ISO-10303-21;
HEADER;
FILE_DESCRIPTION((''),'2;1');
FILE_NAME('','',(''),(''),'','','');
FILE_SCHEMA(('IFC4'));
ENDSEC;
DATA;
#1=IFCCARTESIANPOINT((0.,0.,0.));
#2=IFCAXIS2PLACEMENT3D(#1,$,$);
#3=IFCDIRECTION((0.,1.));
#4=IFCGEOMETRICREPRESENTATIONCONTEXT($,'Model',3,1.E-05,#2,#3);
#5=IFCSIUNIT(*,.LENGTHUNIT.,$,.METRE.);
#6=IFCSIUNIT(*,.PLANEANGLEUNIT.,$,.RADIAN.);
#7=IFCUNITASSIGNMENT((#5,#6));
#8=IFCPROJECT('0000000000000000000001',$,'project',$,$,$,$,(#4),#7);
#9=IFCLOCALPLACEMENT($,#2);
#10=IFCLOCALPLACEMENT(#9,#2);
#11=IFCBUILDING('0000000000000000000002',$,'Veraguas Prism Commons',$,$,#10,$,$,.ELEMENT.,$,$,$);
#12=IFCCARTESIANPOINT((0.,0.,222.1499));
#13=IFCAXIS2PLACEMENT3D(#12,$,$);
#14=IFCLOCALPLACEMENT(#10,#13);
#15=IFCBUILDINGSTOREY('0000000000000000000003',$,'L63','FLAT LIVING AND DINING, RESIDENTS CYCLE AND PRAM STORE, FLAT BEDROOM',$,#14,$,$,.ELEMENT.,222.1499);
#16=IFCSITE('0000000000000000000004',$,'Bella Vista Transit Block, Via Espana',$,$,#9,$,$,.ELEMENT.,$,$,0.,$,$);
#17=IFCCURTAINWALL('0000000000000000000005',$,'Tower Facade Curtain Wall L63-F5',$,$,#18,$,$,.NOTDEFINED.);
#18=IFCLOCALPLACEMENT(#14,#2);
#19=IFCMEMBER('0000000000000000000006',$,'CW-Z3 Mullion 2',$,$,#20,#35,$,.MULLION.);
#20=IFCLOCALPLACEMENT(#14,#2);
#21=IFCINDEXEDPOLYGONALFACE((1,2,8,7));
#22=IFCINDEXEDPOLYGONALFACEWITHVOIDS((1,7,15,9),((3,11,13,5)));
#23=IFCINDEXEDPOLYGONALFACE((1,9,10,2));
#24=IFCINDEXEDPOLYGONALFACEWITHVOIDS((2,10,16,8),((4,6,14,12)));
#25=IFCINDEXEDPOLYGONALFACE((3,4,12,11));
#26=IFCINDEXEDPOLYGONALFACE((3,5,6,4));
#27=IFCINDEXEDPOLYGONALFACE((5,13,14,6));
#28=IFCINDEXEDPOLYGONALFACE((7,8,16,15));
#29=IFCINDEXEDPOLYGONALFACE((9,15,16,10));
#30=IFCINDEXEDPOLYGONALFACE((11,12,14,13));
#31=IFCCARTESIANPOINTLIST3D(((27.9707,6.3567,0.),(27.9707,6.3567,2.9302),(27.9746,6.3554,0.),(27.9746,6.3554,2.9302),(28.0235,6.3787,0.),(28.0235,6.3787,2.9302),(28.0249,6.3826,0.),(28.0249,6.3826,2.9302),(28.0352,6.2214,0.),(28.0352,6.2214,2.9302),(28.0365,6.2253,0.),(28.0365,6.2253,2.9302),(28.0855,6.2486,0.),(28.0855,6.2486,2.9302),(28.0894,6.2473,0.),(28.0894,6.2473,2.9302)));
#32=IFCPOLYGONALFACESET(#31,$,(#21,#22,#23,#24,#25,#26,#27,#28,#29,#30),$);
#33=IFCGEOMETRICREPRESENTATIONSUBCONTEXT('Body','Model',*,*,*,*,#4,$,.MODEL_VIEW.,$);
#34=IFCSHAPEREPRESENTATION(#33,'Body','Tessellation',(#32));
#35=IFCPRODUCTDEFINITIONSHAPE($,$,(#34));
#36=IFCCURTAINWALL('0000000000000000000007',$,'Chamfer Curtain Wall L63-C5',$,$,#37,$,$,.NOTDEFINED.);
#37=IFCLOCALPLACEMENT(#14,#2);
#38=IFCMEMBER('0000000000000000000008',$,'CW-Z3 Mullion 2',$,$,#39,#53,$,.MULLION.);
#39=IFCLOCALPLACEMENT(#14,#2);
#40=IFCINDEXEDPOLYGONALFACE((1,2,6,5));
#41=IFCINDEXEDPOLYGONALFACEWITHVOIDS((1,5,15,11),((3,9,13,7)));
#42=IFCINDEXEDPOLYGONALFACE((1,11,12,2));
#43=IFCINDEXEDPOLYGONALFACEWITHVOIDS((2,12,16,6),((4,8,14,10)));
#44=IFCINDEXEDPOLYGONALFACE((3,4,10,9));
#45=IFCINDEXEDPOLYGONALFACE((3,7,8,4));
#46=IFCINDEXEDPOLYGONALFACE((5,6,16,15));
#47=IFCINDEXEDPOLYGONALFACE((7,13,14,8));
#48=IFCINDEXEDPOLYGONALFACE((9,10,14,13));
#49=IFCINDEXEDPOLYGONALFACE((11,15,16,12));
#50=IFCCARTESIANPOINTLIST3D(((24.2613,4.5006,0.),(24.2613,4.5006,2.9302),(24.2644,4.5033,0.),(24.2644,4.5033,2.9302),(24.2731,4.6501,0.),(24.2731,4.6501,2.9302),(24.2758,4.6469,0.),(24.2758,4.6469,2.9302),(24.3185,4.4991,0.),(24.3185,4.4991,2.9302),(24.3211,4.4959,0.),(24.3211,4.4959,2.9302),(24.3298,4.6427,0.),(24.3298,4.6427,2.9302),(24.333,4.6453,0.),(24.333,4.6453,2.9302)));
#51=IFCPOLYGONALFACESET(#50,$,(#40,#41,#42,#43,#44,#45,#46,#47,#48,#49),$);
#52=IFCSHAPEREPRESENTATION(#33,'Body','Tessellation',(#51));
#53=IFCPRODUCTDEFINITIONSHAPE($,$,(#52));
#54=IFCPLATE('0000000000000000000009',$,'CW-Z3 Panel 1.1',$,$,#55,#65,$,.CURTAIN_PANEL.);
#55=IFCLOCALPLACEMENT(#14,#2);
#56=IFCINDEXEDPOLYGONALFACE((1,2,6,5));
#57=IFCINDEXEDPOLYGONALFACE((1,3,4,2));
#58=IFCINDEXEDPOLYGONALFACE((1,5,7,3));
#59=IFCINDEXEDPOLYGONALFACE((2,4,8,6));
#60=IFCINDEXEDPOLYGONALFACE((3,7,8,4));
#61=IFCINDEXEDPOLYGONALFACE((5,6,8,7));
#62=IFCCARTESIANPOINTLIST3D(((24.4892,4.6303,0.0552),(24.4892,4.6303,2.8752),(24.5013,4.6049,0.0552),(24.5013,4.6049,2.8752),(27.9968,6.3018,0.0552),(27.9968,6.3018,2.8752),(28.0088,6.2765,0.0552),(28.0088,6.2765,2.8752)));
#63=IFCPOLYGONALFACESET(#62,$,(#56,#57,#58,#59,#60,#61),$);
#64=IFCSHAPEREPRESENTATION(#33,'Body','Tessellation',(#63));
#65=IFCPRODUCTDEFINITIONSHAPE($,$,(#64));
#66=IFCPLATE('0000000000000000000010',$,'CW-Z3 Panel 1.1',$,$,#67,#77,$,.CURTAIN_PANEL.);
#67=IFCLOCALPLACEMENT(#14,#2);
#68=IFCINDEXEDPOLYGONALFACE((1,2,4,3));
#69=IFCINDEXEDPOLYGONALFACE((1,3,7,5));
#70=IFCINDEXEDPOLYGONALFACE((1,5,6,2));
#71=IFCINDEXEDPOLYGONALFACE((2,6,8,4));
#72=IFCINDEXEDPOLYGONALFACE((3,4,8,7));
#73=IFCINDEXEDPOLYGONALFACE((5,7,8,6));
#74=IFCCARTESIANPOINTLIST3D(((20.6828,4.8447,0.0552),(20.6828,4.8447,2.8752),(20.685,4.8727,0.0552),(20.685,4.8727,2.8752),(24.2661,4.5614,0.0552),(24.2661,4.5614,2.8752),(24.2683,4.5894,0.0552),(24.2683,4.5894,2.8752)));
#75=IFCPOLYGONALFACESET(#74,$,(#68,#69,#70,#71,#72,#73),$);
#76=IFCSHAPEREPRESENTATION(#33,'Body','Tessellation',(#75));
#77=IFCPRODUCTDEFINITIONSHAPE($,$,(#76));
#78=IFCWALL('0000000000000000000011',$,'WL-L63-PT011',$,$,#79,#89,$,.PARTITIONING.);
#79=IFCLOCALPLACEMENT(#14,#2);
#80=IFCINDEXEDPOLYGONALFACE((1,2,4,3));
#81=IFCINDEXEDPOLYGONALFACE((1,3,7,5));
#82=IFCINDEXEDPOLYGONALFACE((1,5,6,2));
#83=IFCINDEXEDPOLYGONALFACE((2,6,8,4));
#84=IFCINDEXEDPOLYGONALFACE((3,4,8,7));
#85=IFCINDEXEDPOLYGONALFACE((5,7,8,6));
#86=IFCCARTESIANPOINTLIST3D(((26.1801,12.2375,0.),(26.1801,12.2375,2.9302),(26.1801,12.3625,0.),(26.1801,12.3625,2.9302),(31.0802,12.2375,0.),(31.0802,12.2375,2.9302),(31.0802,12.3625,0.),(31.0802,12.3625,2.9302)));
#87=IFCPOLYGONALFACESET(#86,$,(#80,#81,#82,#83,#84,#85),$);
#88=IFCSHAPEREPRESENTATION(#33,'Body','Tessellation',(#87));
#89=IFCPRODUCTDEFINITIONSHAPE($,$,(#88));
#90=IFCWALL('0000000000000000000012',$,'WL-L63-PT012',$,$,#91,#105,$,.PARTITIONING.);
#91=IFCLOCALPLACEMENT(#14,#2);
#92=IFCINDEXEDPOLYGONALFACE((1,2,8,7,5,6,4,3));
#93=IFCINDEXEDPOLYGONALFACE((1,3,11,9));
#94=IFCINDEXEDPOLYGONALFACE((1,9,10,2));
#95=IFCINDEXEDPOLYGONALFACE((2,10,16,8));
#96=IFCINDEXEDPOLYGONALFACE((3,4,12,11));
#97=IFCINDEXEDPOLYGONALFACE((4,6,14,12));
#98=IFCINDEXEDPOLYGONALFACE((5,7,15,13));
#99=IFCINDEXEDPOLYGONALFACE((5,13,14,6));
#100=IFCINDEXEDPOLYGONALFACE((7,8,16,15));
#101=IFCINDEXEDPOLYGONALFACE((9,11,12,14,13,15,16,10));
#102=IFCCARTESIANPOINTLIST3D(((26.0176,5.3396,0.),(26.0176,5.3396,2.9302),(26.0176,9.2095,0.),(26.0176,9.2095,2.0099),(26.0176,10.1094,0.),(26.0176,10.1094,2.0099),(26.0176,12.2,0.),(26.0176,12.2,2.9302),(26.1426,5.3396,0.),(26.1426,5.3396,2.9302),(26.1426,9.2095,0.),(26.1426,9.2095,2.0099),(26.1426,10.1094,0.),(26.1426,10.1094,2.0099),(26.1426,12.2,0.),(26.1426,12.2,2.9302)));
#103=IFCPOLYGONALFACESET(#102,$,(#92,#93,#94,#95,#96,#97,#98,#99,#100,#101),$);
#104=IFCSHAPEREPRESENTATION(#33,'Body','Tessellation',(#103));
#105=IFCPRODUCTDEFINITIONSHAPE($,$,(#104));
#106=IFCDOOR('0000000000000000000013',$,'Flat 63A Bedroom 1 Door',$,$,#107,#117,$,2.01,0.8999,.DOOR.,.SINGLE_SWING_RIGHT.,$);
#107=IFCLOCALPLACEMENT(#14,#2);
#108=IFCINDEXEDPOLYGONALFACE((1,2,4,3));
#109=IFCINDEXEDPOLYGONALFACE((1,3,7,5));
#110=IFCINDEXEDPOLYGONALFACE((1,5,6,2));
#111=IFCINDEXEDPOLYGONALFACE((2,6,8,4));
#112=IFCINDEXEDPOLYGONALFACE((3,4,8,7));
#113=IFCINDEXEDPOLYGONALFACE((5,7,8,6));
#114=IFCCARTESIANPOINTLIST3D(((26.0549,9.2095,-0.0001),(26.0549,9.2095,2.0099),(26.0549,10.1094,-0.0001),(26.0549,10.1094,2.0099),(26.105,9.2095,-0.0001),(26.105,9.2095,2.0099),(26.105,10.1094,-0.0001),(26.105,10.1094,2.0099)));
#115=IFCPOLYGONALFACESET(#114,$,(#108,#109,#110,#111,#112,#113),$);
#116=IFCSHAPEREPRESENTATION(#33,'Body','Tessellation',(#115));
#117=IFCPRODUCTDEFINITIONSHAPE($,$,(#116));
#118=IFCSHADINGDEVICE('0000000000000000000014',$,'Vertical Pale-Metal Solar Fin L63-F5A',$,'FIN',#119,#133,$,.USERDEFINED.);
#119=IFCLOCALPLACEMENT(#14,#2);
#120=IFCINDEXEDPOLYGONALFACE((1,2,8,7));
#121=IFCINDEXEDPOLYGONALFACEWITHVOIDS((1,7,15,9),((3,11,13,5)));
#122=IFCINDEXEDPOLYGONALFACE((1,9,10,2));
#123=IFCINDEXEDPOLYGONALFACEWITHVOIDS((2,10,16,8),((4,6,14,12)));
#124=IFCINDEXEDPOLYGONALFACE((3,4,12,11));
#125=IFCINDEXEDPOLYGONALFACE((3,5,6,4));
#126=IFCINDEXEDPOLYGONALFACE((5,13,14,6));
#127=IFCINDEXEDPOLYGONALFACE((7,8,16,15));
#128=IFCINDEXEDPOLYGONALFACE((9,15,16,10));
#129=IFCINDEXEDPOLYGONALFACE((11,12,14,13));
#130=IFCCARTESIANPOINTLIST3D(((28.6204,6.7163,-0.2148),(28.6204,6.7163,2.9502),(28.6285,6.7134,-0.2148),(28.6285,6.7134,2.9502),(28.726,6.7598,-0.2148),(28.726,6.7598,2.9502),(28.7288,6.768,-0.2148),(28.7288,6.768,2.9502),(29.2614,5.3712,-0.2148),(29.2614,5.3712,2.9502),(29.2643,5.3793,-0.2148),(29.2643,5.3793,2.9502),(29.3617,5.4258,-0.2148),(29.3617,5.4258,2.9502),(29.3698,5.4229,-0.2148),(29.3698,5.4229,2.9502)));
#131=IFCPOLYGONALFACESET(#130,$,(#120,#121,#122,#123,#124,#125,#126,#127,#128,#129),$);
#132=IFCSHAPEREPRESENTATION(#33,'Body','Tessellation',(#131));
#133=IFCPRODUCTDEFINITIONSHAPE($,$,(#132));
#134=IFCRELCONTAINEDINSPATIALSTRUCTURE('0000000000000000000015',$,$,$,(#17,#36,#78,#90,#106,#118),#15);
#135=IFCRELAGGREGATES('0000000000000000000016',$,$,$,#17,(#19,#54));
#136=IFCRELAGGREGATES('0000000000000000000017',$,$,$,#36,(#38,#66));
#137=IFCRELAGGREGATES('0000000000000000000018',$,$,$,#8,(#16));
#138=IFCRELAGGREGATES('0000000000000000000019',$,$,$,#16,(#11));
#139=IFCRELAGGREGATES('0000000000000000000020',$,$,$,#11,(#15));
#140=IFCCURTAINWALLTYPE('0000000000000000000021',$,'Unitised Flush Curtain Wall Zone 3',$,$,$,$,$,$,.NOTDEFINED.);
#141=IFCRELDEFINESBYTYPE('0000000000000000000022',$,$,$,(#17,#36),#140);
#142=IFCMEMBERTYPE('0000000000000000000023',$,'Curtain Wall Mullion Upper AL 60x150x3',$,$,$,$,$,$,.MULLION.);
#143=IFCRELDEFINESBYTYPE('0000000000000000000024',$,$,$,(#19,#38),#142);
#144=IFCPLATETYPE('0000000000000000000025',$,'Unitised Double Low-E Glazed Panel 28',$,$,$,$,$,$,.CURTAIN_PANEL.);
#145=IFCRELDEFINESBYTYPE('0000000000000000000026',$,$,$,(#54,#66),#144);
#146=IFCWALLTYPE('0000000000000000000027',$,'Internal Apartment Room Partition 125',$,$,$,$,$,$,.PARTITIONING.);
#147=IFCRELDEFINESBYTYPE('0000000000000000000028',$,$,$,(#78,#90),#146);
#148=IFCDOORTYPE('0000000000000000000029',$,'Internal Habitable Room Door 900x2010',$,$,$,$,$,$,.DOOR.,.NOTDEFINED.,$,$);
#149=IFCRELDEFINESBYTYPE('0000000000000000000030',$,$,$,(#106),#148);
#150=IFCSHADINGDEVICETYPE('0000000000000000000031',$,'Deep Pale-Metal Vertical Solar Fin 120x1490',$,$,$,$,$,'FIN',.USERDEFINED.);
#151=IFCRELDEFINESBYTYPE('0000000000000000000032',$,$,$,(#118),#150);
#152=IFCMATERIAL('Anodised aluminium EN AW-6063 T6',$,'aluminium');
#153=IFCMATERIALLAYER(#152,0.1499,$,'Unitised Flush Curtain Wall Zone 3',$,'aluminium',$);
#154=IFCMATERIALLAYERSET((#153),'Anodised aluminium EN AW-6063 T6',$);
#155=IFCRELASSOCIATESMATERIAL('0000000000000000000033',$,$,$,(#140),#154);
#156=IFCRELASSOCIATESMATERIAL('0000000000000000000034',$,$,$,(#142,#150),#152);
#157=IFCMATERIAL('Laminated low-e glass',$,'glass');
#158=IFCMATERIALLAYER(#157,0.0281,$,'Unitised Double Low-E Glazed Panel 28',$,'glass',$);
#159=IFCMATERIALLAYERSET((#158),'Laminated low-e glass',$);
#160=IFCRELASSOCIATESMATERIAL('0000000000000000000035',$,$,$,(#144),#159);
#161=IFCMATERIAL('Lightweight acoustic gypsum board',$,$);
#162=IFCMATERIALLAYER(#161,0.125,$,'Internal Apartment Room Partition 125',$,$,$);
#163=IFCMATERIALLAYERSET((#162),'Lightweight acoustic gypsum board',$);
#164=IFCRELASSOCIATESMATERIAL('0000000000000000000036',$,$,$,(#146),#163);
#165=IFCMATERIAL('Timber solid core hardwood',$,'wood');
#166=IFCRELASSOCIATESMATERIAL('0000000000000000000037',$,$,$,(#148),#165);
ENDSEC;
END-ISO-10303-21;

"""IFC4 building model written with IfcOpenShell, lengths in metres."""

from ifc_helpers import new_model, si_unit, direction, frame, frame_2d, origin, origin_2d, place, context, subcontext, project, spatial, rectangle, hollow_rectangle, extrude, source, transform, mapped, material, layer, layer_set, material_profile, profile_set, type_object, element, fill, aggregate, save


model = new_model("IFC4")

# Units and contexts
model_context = context("Model", 3, precision=1e-05, world=origin(), true_north=direction((0.0, 1.0)))
body_context = subcontext(model_context, "Body", "Model", "MODEL_VIEW")
ifc_project = project(units=[si_unit("LENGTHUNIT", "METRE"), si_unit("PLANEANGLEUNIT", "RADIAN")], contexts=[model_context])

# Site, building, storey
site_placement = place(None, origin())
site = spatial("IfcSite", under=ifc_project, at=site_placement, Name="Bella Vista Transit Block, Via Espana", CompositionType="ELEMENT", RefElevation=0.0)
building_placement = place(site_placement, origin())
building = spatial("IfcBuilding", under=site, at=building_placement, Name="Veraguas Prism Commons", CompositionType="ELEMENT")
storey_placement = place(building_placement, frame((0.0, 0.0, 222.1499)))
storey = spatial("IfcBuildingStorey", under=building, at=storey_placement, Name="L63", Description="FLAT LIVING AND DINING, RESIDENTS CYCLE AND PRAM STORE, FLAT BEDROOM", CompositionType="ELEMENT", Elevation=222.1499)

# Curtain wall, member
ifc_material_1 = material(Name="Anodised aluminium EN AW-6063 T6", Category="aluminium")
ifc_layer_1 = layer(ifc_material_1, 0.1499, Name="Unitised Flush Curtain Wall Zone 3", Category="aluminium")
ifc_layer_set_1 = layer_set([ifc_layer_1], Name="Anodised aluminium EN AW-6063 T6")
curtain_wall_type = type_object("IfcCurtainWallType", Name="Unitised Flush Curtain Wall Zone 3", PredefinedType="NOTDEFINED", material=ifc_layer_set_1)
curtain_wall_1_placement = place(storey_placement, origin())
curtain_wall_1 = element("IfcCurtainWall", 1, at=curtain_wall_1_placement, inside=storey, type_object=curtain_wall_type, Name="Tower Facade Curtain Wall L63-F5", PredefinedType="NOTDEFINED")
ifc_material_profile_1 = material_profile(ifc_material_1, hollow_rectangle(XDim=0.0601, YDim=0.1499, WallThickness=0.0029, at=origin_2d()), Name="AL60X150X3")
ifc_profile_set_1 = profile_set([ifc_material_profile_1], Name="Anodised aluminium EN AW-6063 T6")
member_type_1 = type_object("IfcMemberType", Name="Curtain Wall Mullion Upper AL 60x150x3", PredefinedType="MULLION", material=ifc_profile_set_1)
shared_shape_1 = source(origin(), body_context, "Body", "SweptSolid", [
    extrude(hollow_rectangle(XDim=0.0601, YDim=0.1499, WallThickness=0.0029, at=origin_2d()), origin(), (0.0, 0.0, 1.0), 2.9302),
])
member_1_placement = place(storey_placement, frame((28.03, 6.302, 0.0), z_axis=(0.0, 0.0, 1.0), x_axis=(0.902733, 0.430201, 0.0)))
member_1 = element("IfcMember", 2, at=member_1_placement, type_object=member_type_1, Name="CW-Z3 Mullion 2", PredefinedType="MULLION", context=body_context, shape_type="MappedRepresentation", body=[
    mapped(shared_shape_1, transform((0.0, 0.0, 0.0), scale=1.0)),
])

# Curtain wall, member
curtain_wall_2_placement = place(storey_placement, origin())
curtain_wall_2 = element("IfcCurtainWall", 3, at=curtain_wall_2_placement, inside=storey, type_object=curtain_wall_type, Name="Chamfer Curtain Wall L63-C5", PredefinedType="NOTDEFINED")
member_2_placement = place(storey_placement, frame((24.2971, 4.573, 0.0), z_axis=(0.0, 0.0, 1.0), x_axis=(0.99689, -0.0788, 0.0)))
member_2 = element("IfcMember", 4, at=member_2_placement, type_object=member_type_1, Name="CW-Z3 Mullion 2", PredefinedType="MULLION", context=body_context, shape_type="MappedRepresentation", body=[
    mapped(shared_shape_1, transform((0.0, 0.0, 0.0), scale=1.0)),
])

# Plates
ifc_material_2 = material(Name="Laminated low-e glass", Category="glass")
ifc_layer_2 = layer(ifc_material_2, 0.0281, Name="Unitised Double Low-E Glazed Panel 28", Category="glass")
ifc_layer_set_2 = layer_set([ifc_layer_2], Name="Laminated low-e glass")
plate_type = type_object("IfcPlateType", Name="Unitised Double Low-E Glazed Panel 28", PredefinedType="CURTAIN_PANEL", material=ifc_layer_set_2)
shared_shape_2 = source(origin(), body_context, "Body", "SweptSolid", [
    extrude(rectangle(XDim=3.8855, YDim=0.0281, at=origin_2d()), origin(), (0.0, 0.0, 1.0), 2.8201),
])
plate_1_placement = place(storey_placement, frame((26.249, 5.4534, 0.0552), z_axis=(0.0, 0.0, 1.0), x_axis=(0.902733, 0.430201, 0.0)))
plate_1 = element("IfcPlate", 5, at=plate_1_placement, type_object=plate_type, Name="CW-Z3 Panel 1.1", PredefinedType="CURTAIN_PANEL", context=body_context, shape_type="MappedRepresentation", body=[
    mapped(shared_shape_2, transform((0.0, 0.0, 0.0), scale=1.0)),
])
aggregate(curtain_wall_1, [member_1, plate_1])
shared_shape_3 = source(origin(), body_context, "Body", "SweptSolid", [
    extrude(rectangle(XDim=3.5945, YDim=0.0281, at=origin_2d()), origin(), (0.0, 0.0, 1.0), 2.8201),
])
plate_2_placement = place(storey_placement, frame((22.4756, 4.717, 0.0552), z_axis=(0.0, 0.0, 1.0), x_axis=(0.99689, -0.0788, 0.0)))
plate_2 = element("IfcPlate", 6, at=plate_2_placement, type_object=plate_type, Name="CW-Z3 Panel 1.1", PredefinedType="CURTAIN_PANEL", context=body_context, shape_type="MappedRepresentation", body=[
    mapped(shared_shape_3, transform((0.0, 0.0, 0.0), scale=1.0)),
])
aggregate(curtain_wall_2, [member_2, plate_2])

# Wall
ifc_material_3 = material(Name="Lightweight acoustic gypsum board")
ifc_layer_3 = layer(ifc_material_3, 0.125, Name="Internal Apartment Room Partition 125")
ifc_layer_set_3 = layer_set([ifc_layer_3], Name="Lightweight acoustic gypsum board")
wall_type = type_object("IfcWallType", Name="Internal Apartment Room Partition 125", PredefinedType="PARTITIONING", material=ifc_layer_set_3)
wall_1_placement = place(storey_placement, frame((26.1799, 12.3, 0.0), z_axis=(0.0, 0.0, 1.0), x_axis=(1.0, 0.0, 0.0)))
element("IfcWall", 7, at=wall_1_placement, inside=storey, type_object=wall_type, Name="WL-L63-PT011", PredefinedType="PARTITIONING", context=body_context, shape_type="SweptSolid", body=[
    extrude(rectangle(XDim=4.9001, YDim=0.125, at=frame_2d((2.4502, 0.0))), origin(), (0.0, 0.0, 1.0), 2.9302),
])

# Wall, opening, door
wall_2_placement = place(storey_placement, frame((26.0801, 12.2, 0.0), z_axis=(0.0, 0.0, 1.0), x_axis=(0.0, -1.0, 0.0)))
wall_2 = element("IfcWall", 8, at=wall_2_placement, inside=storey, type_object=wall_type, Name="WL-L63-PT012", PredefinedType="PARTITIONING", context=body_context, shape_type="SweptSolid", body=[
    extrude(rectangle(XDim=6.8604, YDim=0.125, at=frame_2d((3.4302, 0.0))), origin(), (0.0, 0.0, 1.0), 2.9302),
])
opening_placement = place(wall_2_placement, frame((2.0906, 0.0, 0.0)))
opening = element("IfcOpeningElement", 9, at=opening_placement, cuts=wall_2, PredefinedType="OPENING", context=body_context, shape_type="SweptSolid", body=[
    extrude(rectangle(XDim=0.8999, YDim=2.01, at=frame_2d((0.45, 1.0049))), frame((0.0, 0.0725, 0.0), z_axis=(0.0, -1.0, 0.0), x_axis=(1.0, 0.0, 0.0)), (0.0, 0.0, 1.0), 0.145),
])
ifc_material_4 = material(Name="Timber solid core hardwood", Category="wood")
door_type = type_object("IfcDoorType", Name="Internal Habitable Room Door 900x2010", OperationType="NOTDEFINED", PredefinedType="DOOR", material=ifc_material_4)
shared_shape_4 = source(origin(), body_context, "Body", "SweptSolid", [
    extrude(rectangle(XDim=0.8999, YDim=2.01, at=frame_2d((0.45, 1.0049))), frame((0.0, 0.0249, 0.0), z_axis=(0.0, -1.0, 0.0), x_axis=(1.0, 0.0, 0.0)), (0.0, 0.0, 1.0), 0.05),
])
door_placement = place(opening_placement, origin())
door = element("IfcDoor", 10, at=door_placement, inside=storey, type_object=door_type, Name="Flat 63A Bedroom 1 Door", OperationType="SINGLE_SWING_RIGHT", OverallHeight=2.01, OverallWidth=0.8999, PredefinedType="DOOR", context=body_context, shape_type="MappedRepresentation", body=[
    mapped(shared_shape_4, transform((0.0, 0.0, 0.0), scale=1.0)),
])
fill(opening, door)

# Shading device
ifc_material_profile_2 = material_profile(ifc_material_1, hollow_rectangle(XDim=0.1201, YDim=1.49, WallThickness=0.0061, at=origin_2d()), Name="FIN120X1490X6")
ifc_profile_set_2 = profile_set([ifc_material_profile_2], Name="Anodised aluminium EN AW-6063 T6")
shading_device_type = type_object("IfcShadingDeviceType", Name="Deep Pale-Metal Vertical Solar Fin 120x1490", ElementType="FIN", PredefinedType="USERDEFINED", material=ifc_profile_set_2)
shading_device_placement = place(storey_placement, frame((28.9951, 6.0696, -0.2148), z_axis=(0.0, 0.0, 1.0), x_axis=(0.902735, 0.430198, 0.0)))
element("IfcShadingDevice", 11, at=shading_device_placement, inside=storey, type_object=shading_device_type, Name="Vertical Pale-Metal Solar Fin L63-F5A", ObjectType="FIN", PredefinedType="USERDEFINED", context=body_context, shape_type="SweptSolid", body=[
    extrude(hollow_rectangle(XDim=0.1201, YDim=1.49, WallThickness=0.0061, at=origin_2d()), origin(), (0.0, 0.0, 1.0), 3.165),
])

save(model, "model.ifc")
